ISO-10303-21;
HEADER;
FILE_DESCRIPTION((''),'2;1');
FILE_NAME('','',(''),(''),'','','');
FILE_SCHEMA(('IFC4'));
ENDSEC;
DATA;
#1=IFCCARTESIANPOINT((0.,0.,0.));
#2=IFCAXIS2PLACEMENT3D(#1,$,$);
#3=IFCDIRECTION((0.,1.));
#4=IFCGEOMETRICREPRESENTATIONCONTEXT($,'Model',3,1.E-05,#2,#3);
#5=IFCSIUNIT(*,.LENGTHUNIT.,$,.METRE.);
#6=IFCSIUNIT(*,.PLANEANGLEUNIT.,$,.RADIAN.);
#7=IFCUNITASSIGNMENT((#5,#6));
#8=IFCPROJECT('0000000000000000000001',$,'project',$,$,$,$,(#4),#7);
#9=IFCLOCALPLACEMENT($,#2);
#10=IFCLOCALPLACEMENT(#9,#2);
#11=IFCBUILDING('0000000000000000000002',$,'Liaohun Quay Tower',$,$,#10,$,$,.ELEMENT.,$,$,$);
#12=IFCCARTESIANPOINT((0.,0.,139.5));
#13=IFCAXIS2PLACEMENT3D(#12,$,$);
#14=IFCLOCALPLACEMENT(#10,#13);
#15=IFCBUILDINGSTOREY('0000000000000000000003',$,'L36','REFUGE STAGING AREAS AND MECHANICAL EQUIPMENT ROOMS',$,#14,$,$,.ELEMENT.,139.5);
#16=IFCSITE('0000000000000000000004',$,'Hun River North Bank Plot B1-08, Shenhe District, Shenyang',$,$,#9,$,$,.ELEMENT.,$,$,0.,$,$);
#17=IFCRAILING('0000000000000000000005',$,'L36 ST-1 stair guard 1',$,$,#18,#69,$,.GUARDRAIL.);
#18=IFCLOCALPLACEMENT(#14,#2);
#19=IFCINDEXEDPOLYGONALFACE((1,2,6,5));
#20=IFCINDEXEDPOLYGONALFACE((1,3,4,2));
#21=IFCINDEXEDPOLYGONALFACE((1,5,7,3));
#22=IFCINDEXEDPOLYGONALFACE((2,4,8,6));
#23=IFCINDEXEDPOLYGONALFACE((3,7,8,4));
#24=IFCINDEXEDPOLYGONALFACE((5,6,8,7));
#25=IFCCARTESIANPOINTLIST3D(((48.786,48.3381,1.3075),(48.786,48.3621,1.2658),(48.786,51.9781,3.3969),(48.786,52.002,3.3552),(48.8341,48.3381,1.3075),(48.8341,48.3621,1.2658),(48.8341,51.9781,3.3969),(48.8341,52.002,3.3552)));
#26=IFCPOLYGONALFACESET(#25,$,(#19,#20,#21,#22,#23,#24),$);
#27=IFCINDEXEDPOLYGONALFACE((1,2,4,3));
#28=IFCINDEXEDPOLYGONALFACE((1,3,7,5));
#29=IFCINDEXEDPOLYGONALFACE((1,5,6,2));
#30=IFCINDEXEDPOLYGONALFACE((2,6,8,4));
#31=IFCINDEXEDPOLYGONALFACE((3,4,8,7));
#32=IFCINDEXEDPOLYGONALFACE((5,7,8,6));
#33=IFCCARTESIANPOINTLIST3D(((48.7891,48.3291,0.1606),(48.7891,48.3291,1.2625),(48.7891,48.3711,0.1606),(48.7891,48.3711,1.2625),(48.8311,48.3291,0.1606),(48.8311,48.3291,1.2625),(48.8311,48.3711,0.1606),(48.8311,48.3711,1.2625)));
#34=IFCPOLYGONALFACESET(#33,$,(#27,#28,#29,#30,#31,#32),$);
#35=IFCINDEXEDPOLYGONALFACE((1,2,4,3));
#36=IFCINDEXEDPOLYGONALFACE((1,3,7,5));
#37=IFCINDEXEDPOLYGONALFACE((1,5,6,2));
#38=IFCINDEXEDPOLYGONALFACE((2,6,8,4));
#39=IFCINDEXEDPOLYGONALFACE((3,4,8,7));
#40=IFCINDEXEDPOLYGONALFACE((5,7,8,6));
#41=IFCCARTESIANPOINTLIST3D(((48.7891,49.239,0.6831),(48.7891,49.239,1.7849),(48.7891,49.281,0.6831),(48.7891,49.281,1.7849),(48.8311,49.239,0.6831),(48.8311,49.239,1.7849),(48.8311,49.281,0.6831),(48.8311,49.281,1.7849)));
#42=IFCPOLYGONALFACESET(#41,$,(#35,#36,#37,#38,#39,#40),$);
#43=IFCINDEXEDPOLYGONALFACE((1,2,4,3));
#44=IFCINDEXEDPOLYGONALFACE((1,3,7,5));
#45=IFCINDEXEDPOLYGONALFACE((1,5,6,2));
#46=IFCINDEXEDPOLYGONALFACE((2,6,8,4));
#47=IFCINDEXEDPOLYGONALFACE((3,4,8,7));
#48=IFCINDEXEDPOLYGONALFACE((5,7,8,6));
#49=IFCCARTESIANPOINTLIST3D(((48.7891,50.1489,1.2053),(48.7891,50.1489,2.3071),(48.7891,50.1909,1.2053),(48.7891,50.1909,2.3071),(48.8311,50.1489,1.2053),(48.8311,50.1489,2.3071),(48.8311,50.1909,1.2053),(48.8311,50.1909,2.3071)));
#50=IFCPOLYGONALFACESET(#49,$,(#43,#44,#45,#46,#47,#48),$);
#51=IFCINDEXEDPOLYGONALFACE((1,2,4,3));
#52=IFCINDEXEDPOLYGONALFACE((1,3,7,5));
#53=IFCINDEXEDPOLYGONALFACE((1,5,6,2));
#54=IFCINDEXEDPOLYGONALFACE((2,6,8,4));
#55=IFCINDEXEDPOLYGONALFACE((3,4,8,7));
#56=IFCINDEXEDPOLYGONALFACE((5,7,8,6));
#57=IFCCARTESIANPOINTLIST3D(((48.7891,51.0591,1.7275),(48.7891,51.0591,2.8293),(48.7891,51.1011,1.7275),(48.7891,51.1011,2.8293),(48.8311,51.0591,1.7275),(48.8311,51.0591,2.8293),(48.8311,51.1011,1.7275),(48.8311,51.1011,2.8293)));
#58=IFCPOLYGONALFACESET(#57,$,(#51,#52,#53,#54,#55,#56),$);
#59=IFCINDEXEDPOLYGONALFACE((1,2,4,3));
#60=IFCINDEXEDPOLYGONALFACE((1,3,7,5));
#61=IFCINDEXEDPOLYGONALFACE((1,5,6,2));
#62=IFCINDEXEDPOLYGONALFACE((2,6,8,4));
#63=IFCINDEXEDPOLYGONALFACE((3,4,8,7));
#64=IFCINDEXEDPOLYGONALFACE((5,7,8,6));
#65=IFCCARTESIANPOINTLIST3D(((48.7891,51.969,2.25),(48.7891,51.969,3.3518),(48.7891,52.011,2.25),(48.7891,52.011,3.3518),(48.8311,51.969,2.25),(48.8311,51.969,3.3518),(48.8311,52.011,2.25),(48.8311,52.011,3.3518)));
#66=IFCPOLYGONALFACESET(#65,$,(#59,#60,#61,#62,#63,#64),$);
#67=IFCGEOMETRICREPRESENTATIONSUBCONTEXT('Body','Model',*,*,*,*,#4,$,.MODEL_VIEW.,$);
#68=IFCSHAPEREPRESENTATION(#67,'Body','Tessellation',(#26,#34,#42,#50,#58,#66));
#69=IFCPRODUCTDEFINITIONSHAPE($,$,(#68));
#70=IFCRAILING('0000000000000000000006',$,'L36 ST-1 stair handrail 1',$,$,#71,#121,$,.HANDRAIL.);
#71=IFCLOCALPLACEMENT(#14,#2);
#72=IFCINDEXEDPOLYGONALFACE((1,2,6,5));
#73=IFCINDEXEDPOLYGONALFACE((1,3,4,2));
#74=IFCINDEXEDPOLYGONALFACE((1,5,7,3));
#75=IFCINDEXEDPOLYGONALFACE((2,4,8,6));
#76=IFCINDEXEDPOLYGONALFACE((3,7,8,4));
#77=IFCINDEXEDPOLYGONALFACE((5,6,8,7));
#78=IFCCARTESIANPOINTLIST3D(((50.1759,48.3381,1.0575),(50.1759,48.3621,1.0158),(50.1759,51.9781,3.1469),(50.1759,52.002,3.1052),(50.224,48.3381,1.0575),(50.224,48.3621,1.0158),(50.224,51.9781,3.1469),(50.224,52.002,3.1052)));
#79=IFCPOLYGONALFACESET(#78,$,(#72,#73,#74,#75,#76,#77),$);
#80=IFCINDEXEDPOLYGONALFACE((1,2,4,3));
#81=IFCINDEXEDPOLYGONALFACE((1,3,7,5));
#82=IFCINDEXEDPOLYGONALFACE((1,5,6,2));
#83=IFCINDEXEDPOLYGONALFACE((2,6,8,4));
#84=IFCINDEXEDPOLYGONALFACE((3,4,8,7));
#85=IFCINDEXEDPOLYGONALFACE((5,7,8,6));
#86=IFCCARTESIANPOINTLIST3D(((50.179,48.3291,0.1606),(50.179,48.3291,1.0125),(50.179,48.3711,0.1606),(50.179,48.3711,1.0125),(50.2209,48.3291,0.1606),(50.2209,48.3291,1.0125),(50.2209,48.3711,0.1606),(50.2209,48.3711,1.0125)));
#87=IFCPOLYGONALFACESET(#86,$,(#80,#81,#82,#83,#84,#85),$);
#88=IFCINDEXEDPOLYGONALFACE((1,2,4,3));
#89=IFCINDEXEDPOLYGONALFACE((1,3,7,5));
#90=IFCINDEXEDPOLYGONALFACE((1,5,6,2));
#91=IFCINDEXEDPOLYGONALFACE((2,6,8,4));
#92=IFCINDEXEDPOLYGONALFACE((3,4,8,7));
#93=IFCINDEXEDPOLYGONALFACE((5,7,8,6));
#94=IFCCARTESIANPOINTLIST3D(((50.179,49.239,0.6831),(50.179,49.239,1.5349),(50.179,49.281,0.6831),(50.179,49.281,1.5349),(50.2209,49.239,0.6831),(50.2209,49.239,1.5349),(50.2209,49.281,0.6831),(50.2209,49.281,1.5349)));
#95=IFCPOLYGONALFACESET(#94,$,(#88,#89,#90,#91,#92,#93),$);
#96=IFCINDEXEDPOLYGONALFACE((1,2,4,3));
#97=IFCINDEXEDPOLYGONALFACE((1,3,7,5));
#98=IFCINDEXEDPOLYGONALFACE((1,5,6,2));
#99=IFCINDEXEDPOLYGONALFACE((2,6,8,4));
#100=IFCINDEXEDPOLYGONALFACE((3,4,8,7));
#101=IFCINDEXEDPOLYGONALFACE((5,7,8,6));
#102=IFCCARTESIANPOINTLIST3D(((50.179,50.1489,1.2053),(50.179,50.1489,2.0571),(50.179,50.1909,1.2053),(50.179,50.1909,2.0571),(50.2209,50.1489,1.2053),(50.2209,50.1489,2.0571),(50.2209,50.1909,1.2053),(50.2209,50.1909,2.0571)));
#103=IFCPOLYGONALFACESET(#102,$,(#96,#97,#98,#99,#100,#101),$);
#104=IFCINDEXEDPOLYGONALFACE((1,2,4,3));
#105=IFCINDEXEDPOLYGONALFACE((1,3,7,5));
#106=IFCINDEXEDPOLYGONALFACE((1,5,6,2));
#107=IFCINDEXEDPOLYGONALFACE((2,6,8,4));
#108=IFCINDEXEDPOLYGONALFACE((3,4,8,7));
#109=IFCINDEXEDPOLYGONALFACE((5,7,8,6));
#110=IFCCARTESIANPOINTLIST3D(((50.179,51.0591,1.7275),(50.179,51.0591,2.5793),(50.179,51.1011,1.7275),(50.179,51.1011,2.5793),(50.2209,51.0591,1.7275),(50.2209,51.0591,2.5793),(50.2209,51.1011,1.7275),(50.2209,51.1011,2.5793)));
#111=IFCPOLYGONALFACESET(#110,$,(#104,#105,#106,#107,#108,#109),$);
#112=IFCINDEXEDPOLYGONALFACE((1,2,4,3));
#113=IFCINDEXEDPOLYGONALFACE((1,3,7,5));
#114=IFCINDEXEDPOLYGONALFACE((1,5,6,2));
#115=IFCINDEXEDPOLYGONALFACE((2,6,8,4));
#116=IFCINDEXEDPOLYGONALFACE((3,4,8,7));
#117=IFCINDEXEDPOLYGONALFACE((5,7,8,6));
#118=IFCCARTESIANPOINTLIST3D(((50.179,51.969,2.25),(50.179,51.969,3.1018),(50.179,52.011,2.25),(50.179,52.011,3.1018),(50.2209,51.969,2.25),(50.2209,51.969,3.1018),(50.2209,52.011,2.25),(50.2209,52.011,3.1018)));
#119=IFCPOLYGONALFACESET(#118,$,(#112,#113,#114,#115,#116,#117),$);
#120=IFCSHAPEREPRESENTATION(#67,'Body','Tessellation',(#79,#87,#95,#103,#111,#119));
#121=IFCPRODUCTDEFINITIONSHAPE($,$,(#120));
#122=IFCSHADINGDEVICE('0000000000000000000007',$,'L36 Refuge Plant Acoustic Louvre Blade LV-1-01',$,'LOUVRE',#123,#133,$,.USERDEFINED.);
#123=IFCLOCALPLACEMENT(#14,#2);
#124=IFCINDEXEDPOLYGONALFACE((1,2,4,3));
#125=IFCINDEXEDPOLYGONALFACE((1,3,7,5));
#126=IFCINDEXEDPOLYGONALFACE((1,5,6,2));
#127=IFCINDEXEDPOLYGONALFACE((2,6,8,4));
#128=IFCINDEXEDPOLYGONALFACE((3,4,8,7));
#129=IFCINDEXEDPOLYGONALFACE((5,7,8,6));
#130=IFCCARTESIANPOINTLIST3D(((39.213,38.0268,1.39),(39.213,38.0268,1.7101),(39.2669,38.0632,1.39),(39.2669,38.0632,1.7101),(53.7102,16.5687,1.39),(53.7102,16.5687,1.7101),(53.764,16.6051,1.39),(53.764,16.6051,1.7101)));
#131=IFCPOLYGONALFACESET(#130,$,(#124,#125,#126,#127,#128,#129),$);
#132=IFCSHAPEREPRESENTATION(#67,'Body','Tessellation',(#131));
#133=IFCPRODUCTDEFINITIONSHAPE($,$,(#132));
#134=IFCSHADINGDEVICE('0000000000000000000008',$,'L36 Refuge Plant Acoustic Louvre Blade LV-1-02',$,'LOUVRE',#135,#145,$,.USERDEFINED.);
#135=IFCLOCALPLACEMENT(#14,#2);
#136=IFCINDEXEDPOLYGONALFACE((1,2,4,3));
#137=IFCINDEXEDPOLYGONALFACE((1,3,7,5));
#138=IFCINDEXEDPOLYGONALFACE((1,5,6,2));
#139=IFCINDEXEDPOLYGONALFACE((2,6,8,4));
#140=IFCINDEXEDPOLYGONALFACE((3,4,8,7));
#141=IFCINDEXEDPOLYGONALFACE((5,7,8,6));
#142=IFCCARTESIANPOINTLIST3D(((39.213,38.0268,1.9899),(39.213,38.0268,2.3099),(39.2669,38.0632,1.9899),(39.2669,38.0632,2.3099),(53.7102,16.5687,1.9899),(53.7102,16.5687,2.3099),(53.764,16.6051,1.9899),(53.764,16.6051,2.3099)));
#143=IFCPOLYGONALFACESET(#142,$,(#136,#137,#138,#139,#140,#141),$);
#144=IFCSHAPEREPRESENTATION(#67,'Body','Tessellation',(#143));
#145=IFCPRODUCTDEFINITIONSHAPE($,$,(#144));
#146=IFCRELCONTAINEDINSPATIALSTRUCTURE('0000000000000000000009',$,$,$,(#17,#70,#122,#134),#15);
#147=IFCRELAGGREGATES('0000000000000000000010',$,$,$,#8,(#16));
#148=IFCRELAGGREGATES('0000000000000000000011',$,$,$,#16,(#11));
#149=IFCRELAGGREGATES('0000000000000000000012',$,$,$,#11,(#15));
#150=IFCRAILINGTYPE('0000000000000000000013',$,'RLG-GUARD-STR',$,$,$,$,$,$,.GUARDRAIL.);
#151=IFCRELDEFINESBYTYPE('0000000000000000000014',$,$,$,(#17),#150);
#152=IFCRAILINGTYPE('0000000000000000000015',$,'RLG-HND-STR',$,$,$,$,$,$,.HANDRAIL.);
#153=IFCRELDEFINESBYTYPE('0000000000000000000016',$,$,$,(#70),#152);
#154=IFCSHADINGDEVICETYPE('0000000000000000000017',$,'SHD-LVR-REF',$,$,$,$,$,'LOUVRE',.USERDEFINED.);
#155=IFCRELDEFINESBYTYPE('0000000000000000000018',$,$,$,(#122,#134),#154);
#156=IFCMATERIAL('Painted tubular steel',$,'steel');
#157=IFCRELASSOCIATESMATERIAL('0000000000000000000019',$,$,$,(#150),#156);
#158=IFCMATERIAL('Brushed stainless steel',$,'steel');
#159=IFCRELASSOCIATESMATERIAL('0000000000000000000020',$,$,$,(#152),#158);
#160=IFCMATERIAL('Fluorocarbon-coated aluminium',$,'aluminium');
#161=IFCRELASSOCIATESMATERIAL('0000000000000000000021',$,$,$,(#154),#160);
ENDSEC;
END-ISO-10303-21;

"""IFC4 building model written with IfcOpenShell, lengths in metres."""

from ifc_helpers import new_model, si_unit, direction, frame, origin, origin_2d, place, context, subcontext, project, spatial, rectangle, extrude, source, transform, mapped, material, material_profile, profile_set, type_object, element, save


model = new_model("IFC4")

# Units and contexts
model_context = context("Model", 3, precision=1e-05, world=origin(), true_north=direction((0.0, 1.0)))
body_context = subcontext(model_context, "Body", "Model", "MODEL_VIEW")
ifc_project = project(units=[si_unit("LENGTHUNIT", "METRE"), si_unit("PLANEANGLEUNIT", "RADIAN")], contexts=[model_context])

# Site, building, storey
site_placement = place(None, origin())
site = spatial("IfcSite", under=ifc_project, at=site_placement, Name="Hun River North Bank Plot B1-08, Shenhe District, Shenyang", CompositionType="ELEMENT", RefElevation=0.0)
building_placement = place(site_placement, origin())
building = spatial("IfcBuilding", under=site, at=building_placement, Name="Liaohun Quay Tower", CompositionType="ELEMENT")
storey_placement = place(building_placement, frame((0.0, 0.0, 139.5)))
storey = spatial("IfcBuildingStorey", under=building, at=storey_placement, Name="L36", Description="REFUGE STAGING AREAS AND MECHANICAL EQUIPMENT ROOMS", CompositionType="ELEMENT", Elevation=139.5)

# Railings
ifc_material_1 = material(Name="Painted tubular steel", Category="steel")
railing_type_1 = type_object("IfcRailingType", Name="RLG-GUARD-STR", PredefinedType="GUARDRAIL", material=ifc_material_1)
railing_1_placement = place(storey_placement, frame((48.8101, 48.3501, 0.1606)))
element("IfcRailing", 1, at=railing_1_placement, inside=storey, type_object=railing_type_1, Name="L36 ST-1 stair guard 1", PredefinedType="GUARDRAIL", context=body_context, shape_type="SweptSolid", body=[
    extrude(rectangle(XDim=0.0481, YDim=0.0481, at=origin_2d()), frame((0.0, 0.0, 1.126), z_axis=(0.0, 0.867275, 0.497829), x_axis=(-1.0, 0.0, 0.0)), (0.0, 0.0, 1.0), 4.197),
    extrude(rectangle(XDim=0.042, YDim=0.042, at=origin_2d()), origin(), (0.0, 0.0, 1.0), 1.1018),
    extrude(rectangle(XDim=0.042, YDim=0.042, at=origin_2d()), frame((0.0, 0.9099, 0.5225)), (0.0, 0.0, 1.0), 1.1018),
    extrude(rectangle(XDim=0.042, YDim=0.042, at=origin_2d()), frame((0.0, 1.8198, 1.0447)), (0.0, 0.0, 1.0), 1.1018),
    extrude(rectangle(XDim=0.042, YDim=0.042, at=origin_2d()), frame((0.0, 2.73, 1.5669)), (0.0, 0.0, 1.0), 1.1018),
    extrude(rectangle(XDim=0.042, YDim=0.042, at=origin_2d()), frame((0.0, 3.6399, 2.0894)), (0.0, 0.0, 1.0), 1.1018),
])
ifc_material_2 = material(Name="Brushed stainless steel", Category="steel")
railing_type_2 = type_object("IfcRailingType", Name="RLG-HND-STR", PredefinedType="HANDRAIL", material=ifc_material_2)
railing_2_placement = place(storey_placement, frame((50.2, 48.3501, 0.1606)))
element("IfcRailing", 2, at=railing_2_placement, inside=storey, type_object=railing_type_2, Name="L36 ST-1 stair handrail 1", PredefinedType="HANDRAIL", context=body_context, shape_type="SweptSolid", body=[
    extrude(rectangle(XDim=0.0481, YDim=0.0481, at=origin_2d()), frame((0.0, 0.0, 0.876), z_axis=(0.0, 0.867275, 0.497829), x_axis=(-1.0, 0.0, 0.0)), (0.0, 0.0, 1.0), 4.197),
    extrude(rectangle(XDim=0.042, YDim=0.042, at=origin_2d()), origin(), (0.0, 0.0, 1.0), 0.8518),
    extrude(rectangle(XDim=0.042, YDim=0.042, at=origin_2d()), frame((0.0, 0.9099, 0.5225)), (0.0, 0.0, 1.0), 0.8518),
    extrude(rectangle(XDim=0.042, YDim=0.042, at=origin_2d()), frame((0.0, 1.8198, 1.0447)), (0.0, 0.0, 1.0), 0.8518),
    extrude(rectangle(XDim=0.042, YDim=0.042, at=origin_2d()), frame((0.0, 2.73, 1.5669)), (0.0, 0.0, 1.0), 0.8518),
    extrude(rectangle(XDim=0.042, YDim=0.042, at=origin_2d()), frame((0.0, 3.6399, 2.0894)), (0.0, 0.0, 1.0), 0.8518),
])

# Shading devices
ifc_material_3 = material(Name="Fluorocarbon-coated aluminium", Category="aluminium")
ifc_material_profile_1 = material_profile(ifc_material_3, rectangle(XDim=0.0649, YDim=0.3201, at=origin_2d()), Name="ALU-LVR-320x65")
ifc_profile_set_1 = profile_set([ifc_material_profile_1], Name="Fluorocarbon-coated aluminium")
shading_device_type = type_object("IfcShadingDeviceType", Name="SHD-LVR-REF", ElementType="LOUVRE", PredefinedType="USERDEFINED", material=ifc_profile_set_1)
shared_shape_1 = source(origin(), body_context, "Body", "SweptSolid", [
    extrude(rectangle(XDim=0.0649, YDim=0.3201, at=origin_2d()), origin(), (0.0, 0.0, 1.0), 25.8962),
])
for number, where, z_axis, x_axis, name in (
    (3, (53.7371, 16.5869, 1.55), (-0.559815, 0.828617, 0.0), (-0.828617, -0.559815, 0.0), "L36 Refuge Plant Acoustic Louvre Blade LV-1-01"),
    (4, (53.7371, 16.5869, 2.1499), (-0.559815, 0.828617, 0.0), (-0.828617, -0.559815, 0.0), "L36 Refuge Plant Acoustic Louvre Blade LV-1-02"),
):
    element("IfcShadingDevice", number, at=place(storey_placement, frame(where, z_axis=z_axis, x_axis=x_axis)), inside=storey, type_object=shading_device_type, Name=name, ObjectType="LOUVRE", PredefinedType="USERDEFINED", context=body_context, shape_type="MappedRepresentation", body=[
        mapped(shared_shape_1, transform((0.0, 0.0, 0.0), x_axis=(1.0, 0.0, 0.0), y_axis=(0.0, 1.0, 0.0), z_axis=(0.0, 0.0, 1.0), scale=1.0)),
    ])

save(model, "model.ifc")
